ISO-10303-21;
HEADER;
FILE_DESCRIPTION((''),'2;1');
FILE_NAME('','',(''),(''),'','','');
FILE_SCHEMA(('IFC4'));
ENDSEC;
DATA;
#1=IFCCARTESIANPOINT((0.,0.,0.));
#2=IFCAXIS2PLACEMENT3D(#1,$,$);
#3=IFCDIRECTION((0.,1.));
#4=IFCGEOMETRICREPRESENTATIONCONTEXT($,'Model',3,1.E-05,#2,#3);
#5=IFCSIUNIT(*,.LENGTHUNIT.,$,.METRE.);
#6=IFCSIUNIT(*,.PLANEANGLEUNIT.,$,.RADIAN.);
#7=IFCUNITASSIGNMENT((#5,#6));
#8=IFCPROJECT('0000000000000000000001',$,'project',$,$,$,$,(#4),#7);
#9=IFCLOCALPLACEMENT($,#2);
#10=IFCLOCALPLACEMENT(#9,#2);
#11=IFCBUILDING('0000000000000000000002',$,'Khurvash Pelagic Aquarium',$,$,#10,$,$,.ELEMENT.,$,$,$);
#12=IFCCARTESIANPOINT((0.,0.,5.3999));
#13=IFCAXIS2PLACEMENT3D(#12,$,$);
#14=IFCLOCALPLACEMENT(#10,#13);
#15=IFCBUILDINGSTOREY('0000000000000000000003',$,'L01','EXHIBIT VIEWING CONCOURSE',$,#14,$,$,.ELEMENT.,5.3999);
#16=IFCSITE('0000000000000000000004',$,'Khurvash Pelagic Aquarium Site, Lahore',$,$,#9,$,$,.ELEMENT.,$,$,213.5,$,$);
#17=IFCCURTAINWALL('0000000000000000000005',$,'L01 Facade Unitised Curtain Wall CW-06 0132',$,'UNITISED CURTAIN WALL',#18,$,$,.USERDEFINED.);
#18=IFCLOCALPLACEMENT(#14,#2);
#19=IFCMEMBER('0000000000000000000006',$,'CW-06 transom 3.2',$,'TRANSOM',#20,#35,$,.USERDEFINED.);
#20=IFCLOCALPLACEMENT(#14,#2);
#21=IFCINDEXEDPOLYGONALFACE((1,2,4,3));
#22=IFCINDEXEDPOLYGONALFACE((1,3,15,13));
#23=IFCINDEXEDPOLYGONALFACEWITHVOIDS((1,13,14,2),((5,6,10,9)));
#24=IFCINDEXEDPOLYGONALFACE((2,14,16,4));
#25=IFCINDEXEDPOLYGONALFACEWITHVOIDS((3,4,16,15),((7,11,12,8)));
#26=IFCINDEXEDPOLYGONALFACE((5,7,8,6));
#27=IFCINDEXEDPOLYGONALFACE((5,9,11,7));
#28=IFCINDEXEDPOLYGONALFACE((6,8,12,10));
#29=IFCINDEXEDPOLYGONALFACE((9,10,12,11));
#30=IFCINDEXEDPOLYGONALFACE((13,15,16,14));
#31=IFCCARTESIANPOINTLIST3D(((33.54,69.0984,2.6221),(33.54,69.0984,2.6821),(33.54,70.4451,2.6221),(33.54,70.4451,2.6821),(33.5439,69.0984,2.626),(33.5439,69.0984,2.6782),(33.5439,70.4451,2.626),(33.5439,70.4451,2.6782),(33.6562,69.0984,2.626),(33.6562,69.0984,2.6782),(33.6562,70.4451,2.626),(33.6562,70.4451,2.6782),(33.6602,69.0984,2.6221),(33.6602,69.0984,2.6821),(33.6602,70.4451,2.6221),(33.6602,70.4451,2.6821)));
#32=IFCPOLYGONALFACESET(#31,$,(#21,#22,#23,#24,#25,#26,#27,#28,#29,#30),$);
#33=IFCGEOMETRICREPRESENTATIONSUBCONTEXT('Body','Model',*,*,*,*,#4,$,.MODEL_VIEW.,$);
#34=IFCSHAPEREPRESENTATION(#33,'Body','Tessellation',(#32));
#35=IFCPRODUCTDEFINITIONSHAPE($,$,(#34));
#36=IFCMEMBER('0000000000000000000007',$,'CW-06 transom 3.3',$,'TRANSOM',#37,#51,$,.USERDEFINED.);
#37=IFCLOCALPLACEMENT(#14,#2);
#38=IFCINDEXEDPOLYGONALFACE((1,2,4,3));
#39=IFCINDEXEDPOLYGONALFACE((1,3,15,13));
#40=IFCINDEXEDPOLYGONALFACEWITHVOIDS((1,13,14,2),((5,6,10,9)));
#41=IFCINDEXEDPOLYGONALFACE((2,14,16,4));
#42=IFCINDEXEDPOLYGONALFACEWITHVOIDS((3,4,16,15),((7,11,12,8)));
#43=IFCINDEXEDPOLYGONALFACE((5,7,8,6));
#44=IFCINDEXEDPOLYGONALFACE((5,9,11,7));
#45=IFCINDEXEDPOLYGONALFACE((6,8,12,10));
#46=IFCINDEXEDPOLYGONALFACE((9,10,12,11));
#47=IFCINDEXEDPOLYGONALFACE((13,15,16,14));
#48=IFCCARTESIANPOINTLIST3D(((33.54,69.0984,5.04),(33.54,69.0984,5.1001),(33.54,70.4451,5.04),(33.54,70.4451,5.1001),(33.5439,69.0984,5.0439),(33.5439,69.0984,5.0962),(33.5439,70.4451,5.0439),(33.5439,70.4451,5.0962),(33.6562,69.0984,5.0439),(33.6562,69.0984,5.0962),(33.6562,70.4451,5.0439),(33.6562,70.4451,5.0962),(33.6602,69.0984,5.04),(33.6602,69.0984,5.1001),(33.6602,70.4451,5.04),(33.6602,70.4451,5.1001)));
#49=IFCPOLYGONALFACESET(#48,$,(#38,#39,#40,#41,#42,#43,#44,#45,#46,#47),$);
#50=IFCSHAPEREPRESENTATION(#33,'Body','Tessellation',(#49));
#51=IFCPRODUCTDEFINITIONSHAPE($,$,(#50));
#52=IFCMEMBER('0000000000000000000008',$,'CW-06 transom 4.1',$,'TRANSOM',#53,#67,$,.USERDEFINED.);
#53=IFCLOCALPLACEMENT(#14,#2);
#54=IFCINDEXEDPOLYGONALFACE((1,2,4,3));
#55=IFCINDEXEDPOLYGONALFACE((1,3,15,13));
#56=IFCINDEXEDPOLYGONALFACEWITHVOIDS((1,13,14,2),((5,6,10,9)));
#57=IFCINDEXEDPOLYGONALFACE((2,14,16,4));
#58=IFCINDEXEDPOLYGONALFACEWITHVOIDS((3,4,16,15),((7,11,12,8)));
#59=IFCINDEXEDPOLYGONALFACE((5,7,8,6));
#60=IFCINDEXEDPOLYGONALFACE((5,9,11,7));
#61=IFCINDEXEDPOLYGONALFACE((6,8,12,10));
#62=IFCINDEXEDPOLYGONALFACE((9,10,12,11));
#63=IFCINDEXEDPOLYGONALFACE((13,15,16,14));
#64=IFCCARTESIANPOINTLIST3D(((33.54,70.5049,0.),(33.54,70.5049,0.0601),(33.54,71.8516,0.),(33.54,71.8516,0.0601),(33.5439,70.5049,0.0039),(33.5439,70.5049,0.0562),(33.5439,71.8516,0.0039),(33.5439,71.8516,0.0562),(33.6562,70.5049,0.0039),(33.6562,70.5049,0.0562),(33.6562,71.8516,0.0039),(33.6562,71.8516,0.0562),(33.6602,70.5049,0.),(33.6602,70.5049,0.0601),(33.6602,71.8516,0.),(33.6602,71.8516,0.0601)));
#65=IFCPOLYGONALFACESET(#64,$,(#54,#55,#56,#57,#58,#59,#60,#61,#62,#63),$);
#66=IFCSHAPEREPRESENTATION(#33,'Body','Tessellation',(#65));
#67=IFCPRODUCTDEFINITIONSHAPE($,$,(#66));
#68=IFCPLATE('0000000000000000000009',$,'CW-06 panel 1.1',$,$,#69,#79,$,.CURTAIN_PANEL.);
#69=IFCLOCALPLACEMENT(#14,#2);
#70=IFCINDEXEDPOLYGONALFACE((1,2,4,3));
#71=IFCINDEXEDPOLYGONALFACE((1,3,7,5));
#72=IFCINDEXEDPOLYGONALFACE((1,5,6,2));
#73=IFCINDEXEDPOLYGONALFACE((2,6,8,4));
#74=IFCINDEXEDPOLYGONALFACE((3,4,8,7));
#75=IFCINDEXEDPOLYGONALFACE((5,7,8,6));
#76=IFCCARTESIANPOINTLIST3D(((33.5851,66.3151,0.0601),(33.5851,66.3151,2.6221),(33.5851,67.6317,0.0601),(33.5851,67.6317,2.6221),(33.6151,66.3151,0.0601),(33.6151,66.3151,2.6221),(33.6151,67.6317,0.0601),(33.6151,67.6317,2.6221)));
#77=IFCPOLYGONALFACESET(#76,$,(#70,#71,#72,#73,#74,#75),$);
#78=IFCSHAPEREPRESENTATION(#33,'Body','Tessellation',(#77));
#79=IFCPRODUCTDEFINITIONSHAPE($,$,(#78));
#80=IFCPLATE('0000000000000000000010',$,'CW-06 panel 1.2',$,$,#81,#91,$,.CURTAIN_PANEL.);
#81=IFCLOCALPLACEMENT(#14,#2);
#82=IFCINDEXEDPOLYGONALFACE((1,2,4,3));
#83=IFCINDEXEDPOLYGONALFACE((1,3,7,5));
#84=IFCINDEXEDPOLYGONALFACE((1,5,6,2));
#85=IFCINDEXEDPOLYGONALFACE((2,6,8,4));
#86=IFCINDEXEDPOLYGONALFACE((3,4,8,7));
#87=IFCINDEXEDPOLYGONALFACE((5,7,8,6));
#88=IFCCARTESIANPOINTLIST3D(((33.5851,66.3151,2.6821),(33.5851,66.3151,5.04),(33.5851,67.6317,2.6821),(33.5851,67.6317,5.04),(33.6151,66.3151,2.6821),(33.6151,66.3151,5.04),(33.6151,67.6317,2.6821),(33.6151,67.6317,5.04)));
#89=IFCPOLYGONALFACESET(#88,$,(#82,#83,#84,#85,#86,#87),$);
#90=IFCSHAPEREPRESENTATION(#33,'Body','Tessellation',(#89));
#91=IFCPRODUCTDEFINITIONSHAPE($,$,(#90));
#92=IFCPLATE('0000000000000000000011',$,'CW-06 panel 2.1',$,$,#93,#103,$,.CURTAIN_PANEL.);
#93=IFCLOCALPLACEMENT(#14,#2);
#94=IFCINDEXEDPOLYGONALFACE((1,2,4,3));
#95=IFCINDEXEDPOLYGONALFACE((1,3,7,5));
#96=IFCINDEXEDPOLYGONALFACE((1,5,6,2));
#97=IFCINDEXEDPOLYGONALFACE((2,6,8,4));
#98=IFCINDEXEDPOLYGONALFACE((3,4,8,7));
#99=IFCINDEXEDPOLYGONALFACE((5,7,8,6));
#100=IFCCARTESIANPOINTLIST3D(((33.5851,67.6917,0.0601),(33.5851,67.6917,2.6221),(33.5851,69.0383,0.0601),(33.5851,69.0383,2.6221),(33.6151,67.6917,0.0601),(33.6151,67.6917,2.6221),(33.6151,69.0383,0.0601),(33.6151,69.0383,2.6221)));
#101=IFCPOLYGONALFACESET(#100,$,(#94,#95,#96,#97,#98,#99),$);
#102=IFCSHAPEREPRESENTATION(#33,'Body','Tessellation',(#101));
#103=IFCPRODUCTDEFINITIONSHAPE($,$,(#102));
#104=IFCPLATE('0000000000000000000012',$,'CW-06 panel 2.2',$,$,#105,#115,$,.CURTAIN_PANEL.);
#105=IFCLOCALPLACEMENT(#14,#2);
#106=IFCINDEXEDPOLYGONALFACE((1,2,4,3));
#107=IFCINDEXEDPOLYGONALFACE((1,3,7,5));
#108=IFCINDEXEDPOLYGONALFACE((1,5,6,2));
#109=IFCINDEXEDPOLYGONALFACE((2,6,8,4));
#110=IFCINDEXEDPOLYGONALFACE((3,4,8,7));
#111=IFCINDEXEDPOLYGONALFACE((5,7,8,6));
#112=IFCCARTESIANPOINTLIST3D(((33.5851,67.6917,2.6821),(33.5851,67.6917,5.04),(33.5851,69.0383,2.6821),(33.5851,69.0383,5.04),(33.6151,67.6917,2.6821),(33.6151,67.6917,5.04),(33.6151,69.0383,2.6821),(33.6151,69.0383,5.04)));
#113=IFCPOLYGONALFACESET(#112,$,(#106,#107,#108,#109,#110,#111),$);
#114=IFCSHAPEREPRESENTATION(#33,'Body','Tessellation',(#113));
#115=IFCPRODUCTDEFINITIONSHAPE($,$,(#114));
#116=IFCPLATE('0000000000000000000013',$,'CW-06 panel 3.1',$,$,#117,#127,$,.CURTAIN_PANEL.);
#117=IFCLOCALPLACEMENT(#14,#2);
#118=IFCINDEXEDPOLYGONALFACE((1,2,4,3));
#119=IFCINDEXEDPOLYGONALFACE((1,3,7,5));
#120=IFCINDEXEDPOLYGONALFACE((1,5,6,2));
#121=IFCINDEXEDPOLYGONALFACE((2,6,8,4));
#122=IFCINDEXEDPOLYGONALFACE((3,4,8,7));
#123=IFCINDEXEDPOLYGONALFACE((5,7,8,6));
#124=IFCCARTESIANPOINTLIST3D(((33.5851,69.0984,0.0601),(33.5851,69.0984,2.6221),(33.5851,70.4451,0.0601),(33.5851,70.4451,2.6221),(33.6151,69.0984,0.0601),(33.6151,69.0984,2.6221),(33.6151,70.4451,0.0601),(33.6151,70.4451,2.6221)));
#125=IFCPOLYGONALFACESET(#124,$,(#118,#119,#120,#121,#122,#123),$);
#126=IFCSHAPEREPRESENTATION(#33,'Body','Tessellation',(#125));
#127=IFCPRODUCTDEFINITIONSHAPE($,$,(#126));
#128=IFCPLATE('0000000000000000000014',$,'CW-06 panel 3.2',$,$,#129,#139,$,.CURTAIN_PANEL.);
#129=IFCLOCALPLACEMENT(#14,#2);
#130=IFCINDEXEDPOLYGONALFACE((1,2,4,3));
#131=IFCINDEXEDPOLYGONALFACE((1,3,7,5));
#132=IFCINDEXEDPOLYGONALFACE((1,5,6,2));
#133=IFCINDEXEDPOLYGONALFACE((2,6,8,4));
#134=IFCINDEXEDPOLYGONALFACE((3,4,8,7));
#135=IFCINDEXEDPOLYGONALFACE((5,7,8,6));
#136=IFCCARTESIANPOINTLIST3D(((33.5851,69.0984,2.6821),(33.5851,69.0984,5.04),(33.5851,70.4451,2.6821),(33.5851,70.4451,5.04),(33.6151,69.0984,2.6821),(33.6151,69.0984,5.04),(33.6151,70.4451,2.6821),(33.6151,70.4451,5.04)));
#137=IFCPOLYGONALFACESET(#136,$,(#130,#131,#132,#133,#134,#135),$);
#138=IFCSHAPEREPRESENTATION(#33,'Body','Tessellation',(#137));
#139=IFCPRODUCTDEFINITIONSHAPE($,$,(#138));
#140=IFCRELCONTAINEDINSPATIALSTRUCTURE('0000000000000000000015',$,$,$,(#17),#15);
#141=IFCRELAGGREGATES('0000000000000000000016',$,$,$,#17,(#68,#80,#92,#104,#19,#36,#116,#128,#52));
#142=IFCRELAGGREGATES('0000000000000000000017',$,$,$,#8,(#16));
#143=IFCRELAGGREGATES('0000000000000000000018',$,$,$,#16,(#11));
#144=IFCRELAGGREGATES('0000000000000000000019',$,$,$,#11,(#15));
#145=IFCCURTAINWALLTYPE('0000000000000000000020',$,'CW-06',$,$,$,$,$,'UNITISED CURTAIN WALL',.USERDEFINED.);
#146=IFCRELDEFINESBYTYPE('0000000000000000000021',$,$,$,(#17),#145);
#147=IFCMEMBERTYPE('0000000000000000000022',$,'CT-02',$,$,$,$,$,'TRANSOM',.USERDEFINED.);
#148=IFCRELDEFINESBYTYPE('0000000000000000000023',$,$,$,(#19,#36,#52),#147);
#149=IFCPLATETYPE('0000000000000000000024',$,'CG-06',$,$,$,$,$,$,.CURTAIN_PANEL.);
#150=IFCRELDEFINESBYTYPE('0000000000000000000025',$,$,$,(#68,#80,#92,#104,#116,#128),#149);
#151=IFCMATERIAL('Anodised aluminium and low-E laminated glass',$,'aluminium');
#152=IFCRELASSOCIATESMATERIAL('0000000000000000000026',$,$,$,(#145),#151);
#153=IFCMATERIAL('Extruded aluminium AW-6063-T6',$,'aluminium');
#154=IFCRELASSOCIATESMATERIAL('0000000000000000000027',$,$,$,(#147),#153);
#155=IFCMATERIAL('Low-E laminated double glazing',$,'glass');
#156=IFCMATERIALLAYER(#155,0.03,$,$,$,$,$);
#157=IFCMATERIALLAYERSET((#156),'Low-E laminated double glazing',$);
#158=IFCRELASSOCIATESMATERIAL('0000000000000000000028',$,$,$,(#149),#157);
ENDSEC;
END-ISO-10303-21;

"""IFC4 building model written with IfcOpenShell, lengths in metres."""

from ifc_helpers import new_model, si_unit, direction, frame, origin, origin_2d, place, context, subcontext, project, spatial, rectangle, hollow_rectangle, extrude, material, layer, layer_set, material_profile, profile_set, type_object, element, aggregate, save


model = new_model("IFC4")

# Units and contexts
model_context = context("Model", 3, precision=1e-05, world=origin(), true_north=direction((0.0, 1.0)))
body_context = subcontext(model_context, "Body", "Model", "MODEL_VIEW")
ifc_project = project(units=[si_unit("LENGTHUNIT", "METRE"), si_unit("PLANEANGLEUNIT", "RADIAN")], contexts=[model_context])

# Site, building, storey
site_placement = place(None, origin())
site = spatial("IfcSite", under=ifc_project, at=site_placement, Name="Khurvash Pelagic Aquarium Site, Lahore", CompositionType="ELEMENT", RefElevation=213.5)
building_placement = place(site_placement, origin())
building = spatial("IfcBuilding", under=site, at=building_placement, Name="Khurvash Pelagic Aquarium", CompositionType="ELEMENT")
storey_placement = place(building_placement, frame((0.0, 0.0, 5.3999)))
storey = spatial("IfcBuildingStorey", under=building, at=storey_placement, Name="L01", Description="EXHIBIT VIEWING CONCOURSE", CompositionType="ELEMENT", Elevation=5.3999)

# Curtain wall, members, plates
ifc_material_1 = material(Name="Anodised aluminium and low-E laminated glass", Category="aluminium")
curtain_wall_type = type_object("IfcCurtainWallType", Name="CW-06", ElementType="UNITISED CURTAIN WALL", PredefinedType="USERDEFINED", material=ifc_material_1)
curtain_wall_placement = place(storey_placement, origin())
curtain_wall = element("IfcCurtainWall", 1, at=curtain_wall_placement, inside=storey, type_object=curtain_wall_type, Name="L01 Facade Unitised Curtain Wall CW-06 0132", ObjectType="UNITISED CURTAIN WALL", PredefinedType="USERDEFINED")
ifc_material_2 = material(Name="Extruded aluminium AW-6063-T6", Category="aluminium")
ifc_material_profile_1 = material_profile(ifc_material_2, hollow_rectangle(XDim=0.1201, YDim=0.0601, WallThickness=0.0039, at=origin_2d()), Name="CWT120X60X4")
ifc_profile_set_1 = profile_set([ifc_material_profile_1], Name="Extruded aluminium AW-6063-T6")
member_type_1 = type_object("IfcMemberType", Name="CT-02", ElementType="TRANSOM", PredefinedType="USERDEFINED", material=ifc_profile_set_1)
member_1_placement = place(storey_placement, frame((33.6001, 69.0984, 2.6521), z_axis=(0.0, 1.0, 0.0), x_axis=(-1.0, 0.0, 0.0)))
member_1 = element("IfcMember", 2, at=member_1_placement, type_object=member_type_1, Name="CW-06 transom 3.2", ObjectType="TRANSOM", PredefinedType="USERDEFINED", context=body_context, shape_type="SweptSolid", body=[
    extrude(hollow_rectangle(XDim=0.1201, YDim=0.0601, WallThickness=0.0039, at=origin_2d()), origin(), (0.0, 0.0, 1.0), 1.3467),
])
member_2_placement = place(storey_placement, frame((33.6001, 69.0984, 5.0701), z_axis=(0.0, 1.0, 0.0), x_axis=(-1.0, 0.0, 0.0)))
member_2 = element("IfcMember", 3, at=member_2_placement, type_object=member_type_1, Name="CW-06 transom 3.3", ObjectType="TRANSOM", PredefinedType="USERDEFINED", context=body_context, shape_type="SweptSolid", body=[
    extrude(hollow_rectangle(XDim=0.1201, YDim=0.0601, WallThickness=0.0039, at=origin_2d()), origin(), (0.0, 0.0, 1.0), 1.3467),
])
member_3_placement = place(storey_placement, frame((33.6001, 70.5049, 0.03), z_axis=(0.0, 1.0, 0.0), x_axis=(-1.0, 0.0, 0.0)))
member_3 = element("IfcMember", 4, at=member_3_placement, type_object=member_type_1, Name="CW-06 transom 4.1", ObjectType="TRANSOM", PredefinedType="USERDEFINED", context=body_context, shape_type="SweptSolid", body=[
    extrude(hollow_rectangle(XDim=0.1201, YDim=0.0601, WallThickness=0.0039, at=origin_2d()), origin(), (0.0, 0.0, 1.0), 1.3467),
])
ifc_material_3 = material(Name="Low-E laminated double glazing", Category="glass")
ifc_layer = layer(ifc_material_3, 0.03)
ifc_layer_set = layer_set([ifc_layer], Name="Low-E laminated double glazing")
plate_type = type_object("IfcPlateType", Name="CG-06", PredefinedType="CURTAIN_PANEL", material=ifc_layer_set)
plate_1_placement = place(storey_placement, frame((33.6001, 66.9734, 0.0601), z_axis=(0.0, 0.0, 1.0), x_axis=(0.0, 1.0, 0.0)))
plate_1 = element("IfcPlate", 5, at=plate_1_placement, type_object=plate_type, Name="CW-06 panel 1.1", PredefinedType="CURTAIN_PANEL", context=body_context, shape_type="SweptSolid", body=[
    extrude(rectangle(XDim=1.3167, YDim=0.03, at=origin_2d()), origin(), (0.0, 0.0, 1.0), 2.562),
])
plate_2_placement = place(storey_placement, frame((33.6001, 66.9734, 2.6821), z_axis=(0.0, 0.0, 1.0), x_axis=(0.0, 1.0, 0.0)))
plate_2 = element("IfcPlate", 6, at=plate_2_placement, type_object=plate_type, Name="CW-06 panel 1.2", PredefinedType="CURTAIN_PANEL", context=body_context, shape_type="SweptSolid", body=[
    extrude(rectangle(XDim=1.3167, YDim=0.03, at=origin_2d()), origin(), (0.0, 0.0, 1.0), 2.3579),
])
plate_3_placement = place(storey_placement, frame((33.6001, 68.365, 0.0601), z_axis=(0.0, 0.0, 1.0), x_axis=(0.0, 1.0, 0.0)))
plate_3 = element("IfcPlate", 7, at=plate_3_placement, type_object=plate_type, Name="CW-06 panel 2.1", PredefinedType="CURTAIN_PANEL", context=body_context, shape_type="SweptSolid", body=[
    extrude(rectangle(XDim=1.3467, YDim=0.03, at=origin_2d()), origin(), (0.0, 0.0, 1.0), 2.562),
])
plate_4_placement = place(storey_placement, frame((33.6001, 68.365, 2.6821), z_axis=(0.0, 0.0, 1.0), x_axis=(0.0, 1.0, 0.0)))
plate_4 = element("IfcPlate", 8, at=plate_4_placement, type_object=plate_type, Name="CW-06 panel 2.2", PredefinedType="CURTAIN_PANEL", context=body_context, shape_type="SweptSolid", body=[
    extrude(rectangle(XDim=1.3467, YDim=0.03, at=origin_2d()), origin(), (0.0, 0.0, 1.0), 2.3579),
])
plate_5_placement = place(storey_placement, frame((33.6001, 69.7717, 0.0601), z_axis=(0.0, 0.0, 1.0), x_axis=(0.0, 1.0, 0.0)))
plate_5 = element("IfcPlate", 9, at=plate_5_placement, type_object=plate_type, Name="CW-06 panel 3.1", PredefinedType="CURTAIN_PANEL", context=body_context, shape_type="SweptSolid", body=[
    extrude(rectangle(XDim=1.3467, YDim=0.03, at=origin_2d()), origin(), (0.0, 0.0, 1.0), 2.562),
])
plate_6_placement = place(storey_placement, frame((33.6001, 69.7717, 2.6821), z_axis=(0.0, 0.0, 1.0), x_axis=(0.0, 1.0, 0.0)))
plate_6 = element("IfcPlate", 10, at=plate_6_placement, type_object=plate_type, Name="CW-06 panel 3.2", PredefinedType="CURTAIN_PANEL", context=body_context, shape_type="SweptSolid", body=[
    extrude(rectangle(XDim=1.3467, YDim=0.03, at=origin_2d()), origin(), (0.0, 0.0, 1.0), 2.3579),
])
aggregate(curtain_wall, [plate_1, plate_2, plate_3, plate_4, member_1, member_2, plate_5, plate_6, member_3])

save(model, "model.ifc")
